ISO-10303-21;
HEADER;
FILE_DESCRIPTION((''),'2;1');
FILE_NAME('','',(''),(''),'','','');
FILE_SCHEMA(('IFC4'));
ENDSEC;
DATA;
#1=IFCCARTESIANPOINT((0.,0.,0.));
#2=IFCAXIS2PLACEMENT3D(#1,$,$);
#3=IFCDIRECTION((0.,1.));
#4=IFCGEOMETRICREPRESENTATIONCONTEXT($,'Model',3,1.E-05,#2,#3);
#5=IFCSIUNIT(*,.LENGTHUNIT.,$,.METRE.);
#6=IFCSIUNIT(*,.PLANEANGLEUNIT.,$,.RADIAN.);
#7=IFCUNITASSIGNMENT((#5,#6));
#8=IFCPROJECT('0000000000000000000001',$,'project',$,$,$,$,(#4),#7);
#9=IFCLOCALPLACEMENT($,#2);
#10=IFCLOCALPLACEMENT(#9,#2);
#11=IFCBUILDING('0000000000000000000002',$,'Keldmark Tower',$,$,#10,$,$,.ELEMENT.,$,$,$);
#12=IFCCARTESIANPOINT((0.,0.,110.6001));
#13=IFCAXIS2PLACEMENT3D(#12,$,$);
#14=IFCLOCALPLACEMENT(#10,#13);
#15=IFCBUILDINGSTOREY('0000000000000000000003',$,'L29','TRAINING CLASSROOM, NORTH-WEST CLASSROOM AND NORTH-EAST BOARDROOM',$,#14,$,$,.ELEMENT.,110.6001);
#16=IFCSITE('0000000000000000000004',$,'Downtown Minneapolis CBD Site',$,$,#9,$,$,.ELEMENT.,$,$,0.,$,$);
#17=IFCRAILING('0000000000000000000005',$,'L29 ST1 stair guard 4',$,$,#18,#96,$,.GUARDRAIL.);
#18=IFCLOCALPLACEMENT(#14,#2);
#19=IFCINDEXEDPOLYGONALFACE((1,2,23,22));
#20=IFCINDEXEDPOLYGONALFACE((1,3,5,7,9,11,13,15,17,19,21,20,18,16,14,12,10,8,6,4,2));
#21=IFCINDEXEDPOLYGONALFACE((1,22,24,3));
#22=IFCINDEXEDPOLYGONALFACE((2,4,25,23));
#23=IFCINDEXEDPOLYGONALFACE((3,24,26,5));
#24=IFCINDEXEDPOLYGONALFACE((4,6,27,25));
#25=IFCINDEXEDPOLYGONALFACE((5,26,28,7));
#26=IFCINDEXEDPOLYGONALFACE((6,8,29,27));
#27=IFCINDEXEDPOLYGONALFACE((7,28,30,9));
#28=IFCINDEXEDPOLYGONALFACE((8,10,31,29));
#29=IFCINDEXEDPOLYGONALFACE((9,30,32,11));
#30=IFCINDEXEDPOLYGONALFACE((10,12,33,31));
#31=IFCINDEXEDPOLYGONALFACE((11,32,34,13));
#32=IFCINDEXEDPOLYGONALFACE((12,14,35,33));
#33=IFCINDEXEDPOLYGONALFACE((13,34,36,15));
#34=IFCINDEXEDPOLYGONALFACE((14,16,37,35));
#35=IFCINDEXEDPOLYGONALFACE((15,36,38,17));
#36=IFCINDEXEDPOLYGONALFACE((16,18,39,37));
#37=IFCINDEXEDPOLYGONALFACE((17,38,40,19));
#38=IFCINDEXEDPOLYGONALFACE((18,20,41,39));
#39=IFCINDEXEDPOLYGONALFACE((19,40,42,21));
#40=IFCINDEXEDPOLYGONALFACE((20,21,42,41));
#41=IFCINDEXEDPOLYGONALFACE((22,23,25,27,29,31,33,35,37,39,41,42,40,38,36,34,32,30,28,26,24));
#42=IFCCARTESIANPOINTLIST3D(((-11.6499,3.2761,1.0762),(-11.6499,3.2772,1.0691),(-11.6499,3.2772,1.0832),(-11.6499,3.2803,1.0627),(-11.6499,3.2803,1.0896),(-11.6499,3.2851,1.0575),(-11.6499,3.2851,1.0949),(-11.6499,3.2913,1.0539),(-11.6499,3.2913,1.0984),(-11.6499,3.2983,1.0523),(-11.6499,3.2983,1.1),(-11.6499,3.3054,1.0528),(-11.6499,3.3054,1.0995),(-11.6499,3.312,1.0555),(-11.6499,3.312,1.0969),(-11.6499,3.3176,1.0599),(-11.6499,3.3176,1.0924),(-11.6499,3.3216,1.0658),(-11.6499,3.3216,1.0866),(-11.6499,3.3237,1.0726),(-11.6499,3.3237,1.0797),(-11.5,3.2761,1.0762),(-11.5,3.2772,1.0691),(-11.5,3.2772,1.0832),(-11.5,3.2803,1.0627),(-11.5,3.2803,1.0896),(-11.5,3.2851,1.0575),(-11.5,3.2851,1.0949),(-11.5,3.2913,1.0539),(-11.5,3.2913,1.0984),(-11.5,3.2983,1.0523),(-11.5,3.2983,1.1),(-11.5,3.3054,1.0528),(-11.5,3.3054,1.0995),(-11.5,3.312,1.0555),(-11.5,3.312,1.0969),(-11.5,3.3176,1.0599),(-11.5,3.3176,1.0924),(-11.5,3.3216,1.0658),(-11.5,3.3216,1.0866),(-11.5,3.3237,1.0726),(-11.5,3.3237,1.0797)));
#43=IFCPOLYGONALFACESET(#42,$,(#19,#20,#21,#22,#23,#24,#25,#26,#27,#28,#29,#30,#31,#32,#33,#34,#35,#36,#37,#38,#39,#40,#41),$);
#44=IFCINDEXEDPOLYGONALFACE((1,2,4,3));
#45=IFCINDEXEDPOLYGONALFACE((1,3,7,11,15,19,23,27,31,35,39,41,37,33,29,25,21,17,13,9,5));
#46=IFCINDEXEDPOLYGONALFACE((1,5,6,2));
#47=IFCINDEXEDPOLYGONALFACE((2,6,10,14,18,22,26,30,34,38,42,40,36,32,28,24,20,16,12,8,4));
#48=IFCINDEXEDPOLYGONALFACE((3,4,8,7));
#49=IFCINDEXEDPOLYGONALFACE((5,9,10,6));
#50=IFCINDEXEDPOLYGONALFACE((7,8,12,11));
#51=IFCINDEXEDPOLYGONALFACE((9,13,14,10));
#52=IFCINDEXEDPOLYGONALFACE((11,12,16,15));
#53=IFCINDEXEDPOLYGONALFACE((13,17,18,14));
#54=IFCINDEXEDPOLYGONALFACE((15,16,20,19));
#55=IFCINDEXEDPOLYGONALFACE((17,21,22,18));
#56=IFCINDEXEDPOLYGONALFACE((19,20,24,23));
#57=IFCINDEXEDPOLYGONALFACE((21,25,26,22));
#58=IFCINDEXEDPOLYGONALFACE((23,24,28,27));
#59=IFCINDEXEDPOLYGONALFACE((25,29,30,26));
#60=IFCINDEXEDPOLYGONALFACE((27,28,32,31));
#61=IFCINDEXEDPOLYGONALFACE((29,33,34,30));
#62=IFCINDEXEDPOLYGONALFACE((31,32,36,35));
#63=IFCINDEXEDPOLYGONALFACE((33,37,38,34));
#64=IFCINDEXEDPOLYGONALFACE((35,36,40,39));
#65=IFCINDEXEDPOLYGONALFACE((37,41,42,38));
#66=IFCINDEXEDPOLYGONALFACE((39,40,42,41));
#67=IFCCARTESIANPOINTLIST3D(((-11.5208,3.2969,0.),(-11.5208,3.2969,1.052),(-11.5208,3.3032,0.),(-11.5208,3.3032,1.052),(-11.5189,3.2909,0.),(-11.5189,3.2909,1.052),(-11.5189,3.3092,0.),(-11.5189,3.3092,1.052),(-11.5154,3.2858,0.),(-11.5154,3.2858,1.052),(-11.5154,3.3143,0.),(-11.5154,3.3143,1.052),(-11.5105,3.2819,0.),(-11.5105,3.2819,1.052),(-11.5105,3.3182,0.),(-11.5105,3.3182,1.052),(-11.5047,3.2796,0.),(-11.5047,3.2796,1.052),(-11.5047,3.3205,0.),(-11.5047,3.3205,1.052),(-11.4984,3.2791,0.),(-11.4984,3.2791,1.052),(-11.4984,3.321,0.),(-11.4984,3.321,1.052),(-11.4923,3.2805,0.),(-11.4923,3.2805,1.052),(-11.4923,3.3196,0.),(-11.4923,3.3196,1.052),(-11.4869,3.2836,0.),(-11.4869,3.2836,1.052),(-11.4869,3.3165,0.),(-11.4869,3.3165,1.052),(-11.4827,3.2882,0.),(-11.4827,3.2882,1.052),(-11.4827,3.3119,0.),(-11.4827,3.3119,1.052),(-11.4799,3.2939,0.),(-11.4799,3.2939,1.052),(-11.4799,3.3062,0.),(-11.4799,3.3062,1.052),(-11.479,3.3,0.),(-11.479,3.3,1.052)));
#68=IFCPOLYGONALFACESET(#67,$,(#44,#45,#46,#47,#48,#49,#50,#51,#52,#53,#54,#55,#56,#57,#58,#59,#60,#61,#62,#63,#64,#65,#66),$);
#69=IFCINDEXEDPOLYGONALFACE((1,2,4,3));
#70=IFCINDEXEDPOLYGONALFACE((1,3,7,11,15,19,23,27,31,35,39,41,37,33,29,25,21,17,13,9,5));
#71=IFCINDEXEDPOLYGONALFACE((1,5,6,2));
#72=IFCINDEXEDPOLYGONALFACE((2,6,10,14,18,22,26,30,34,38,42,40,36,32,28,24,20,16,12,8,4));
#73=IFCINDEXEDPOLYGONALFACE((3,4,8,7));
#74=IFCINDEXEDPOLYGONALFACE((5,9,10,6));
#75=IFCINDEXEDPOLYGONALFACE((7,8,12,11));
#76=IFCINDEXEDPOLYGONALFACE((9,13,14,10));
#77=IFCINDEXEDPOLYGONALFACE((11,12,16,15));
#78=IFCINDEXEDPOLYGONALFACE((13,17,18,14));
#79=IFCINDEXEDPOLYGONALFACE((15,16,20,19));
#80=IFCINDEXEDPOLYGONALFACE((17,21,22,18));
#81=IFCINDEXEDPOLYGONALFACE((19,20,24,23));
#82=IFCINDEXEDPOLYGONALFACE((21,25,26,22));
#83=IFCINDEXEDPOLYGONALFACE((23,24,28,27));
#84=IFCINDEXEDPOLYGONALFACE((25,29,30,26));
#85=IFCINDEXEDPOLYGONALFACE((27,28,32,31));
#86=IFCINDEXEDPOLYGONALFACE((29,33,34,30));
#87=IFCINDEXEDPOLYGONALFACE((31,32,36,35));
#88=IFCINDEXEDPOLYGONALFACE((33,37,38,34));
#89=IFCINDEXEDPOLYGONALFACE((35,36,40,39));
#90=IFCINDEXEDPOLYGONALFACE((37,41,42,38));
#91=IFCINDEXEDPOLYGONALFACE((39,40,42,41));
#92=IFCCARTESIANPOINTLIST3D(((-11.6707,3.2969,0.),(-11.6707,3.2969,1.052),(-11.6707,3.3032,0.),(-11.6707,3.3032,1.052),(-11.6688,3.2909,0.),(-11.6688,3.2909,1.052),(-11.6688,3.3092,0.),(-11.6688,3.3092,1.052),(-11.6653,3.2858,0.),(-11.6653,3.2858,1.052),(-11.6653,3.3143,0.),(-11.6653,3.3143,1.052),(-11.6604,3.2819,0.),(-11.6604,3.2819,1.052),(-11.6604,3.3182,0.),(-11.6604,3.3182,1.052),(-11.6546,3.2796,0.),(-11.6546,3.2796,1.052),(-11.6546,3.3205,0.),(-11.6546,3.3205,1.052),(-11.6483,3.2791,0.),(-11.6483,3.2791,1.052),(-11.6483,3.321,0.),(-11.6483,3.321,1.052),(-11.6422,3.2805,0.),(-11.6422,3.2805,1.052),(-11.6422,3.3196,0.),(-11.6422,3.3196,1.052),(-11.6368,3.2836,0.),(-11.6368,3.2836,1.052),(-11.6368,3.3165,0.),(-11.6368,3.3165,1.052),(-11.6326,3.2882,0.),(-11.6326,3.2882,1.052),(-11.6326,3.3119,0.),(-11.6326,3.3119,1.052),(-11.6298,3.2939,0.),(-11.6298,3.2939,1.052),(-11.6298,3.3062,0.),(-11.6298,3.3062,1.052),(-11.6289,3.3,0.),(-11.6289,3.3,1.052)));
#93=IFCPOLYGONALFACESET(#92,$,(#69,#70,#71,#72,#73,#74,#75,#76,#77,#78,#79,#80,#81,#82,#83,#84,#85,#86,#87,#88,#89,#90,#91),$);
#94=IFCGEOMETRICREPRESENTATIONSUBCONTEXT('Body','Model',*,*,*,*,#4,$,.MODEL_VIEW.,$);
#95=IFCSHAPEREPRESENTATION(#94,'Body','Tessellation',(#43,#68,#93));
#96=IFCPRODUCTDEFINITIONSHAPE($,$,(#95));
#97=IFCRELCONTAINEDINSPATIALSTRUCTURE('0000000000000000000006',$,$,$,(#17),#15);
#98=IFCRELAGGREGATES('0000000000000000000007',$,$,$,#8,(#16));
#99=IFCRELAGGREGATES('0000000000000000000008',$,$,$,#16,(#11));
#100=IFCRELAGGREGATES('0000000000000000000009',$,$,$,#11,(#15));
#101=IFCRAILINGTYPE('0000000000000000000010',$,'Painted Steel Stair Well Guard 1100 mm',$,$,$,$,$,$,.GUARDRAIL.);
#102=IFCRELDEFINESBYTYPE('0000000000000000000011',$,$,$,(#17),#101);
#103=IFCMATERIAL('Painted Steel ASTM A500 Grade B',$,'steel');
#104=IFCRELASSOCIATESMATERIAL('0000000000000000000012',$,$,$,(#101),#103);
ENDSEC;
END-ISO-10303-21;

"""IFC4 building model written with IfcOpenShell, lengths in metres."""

from ifc_helpers import new_model, si_unit, direction, frame, origin, origin_2d, place, context, subcontext, project, spatial, circle, extrude, material, type_object, element, save


model = new_model("IFC4")

# Units and contexts
model_context = context("Model", 3, precision=1e-05, world=origin(), true_north=direction((0.0, 1.0)))
body_context = subcontext(model_context, "Body", "Model", "MODEL_VIEW")
ifc_project = project(units=[si_unit("LENGTHUNIT", "METRE"), si_unit("PLANEANGLEUNIT", "RADIAN")], contexts=[model_context])

# Site, building, storey
site_placement = place(None, origin())
site = spatial("IfcSite", under=ifc_project, at=site_placement, Name="Downtown Minneapolis CBD Site", CompositionType="ELEMENT", RefElevation=0.0)
building_placement = place(site_placement, origin())
building = spatial("IfcBuilding", under=site, at=building_placement, Name="Keldmark Tower", CompositionType="ELEMENT")
storey_placement = place(building_placement, frame((0.0, 0.0, 110.6001)))
storey = spatial("IfcBuildingStorey", under=building, at=storey_placement, Name="L29", Description="TRAINING CLASSROOM, NORTH-WEST CLASSROOM AND NORTH-EAST BOARDROOM", CompositionType="ELEMENT", Elevation=110.6001)

# Railing
ifc_material_1 = material(Name="Painted Steel ASTM A500 Grade B", Category="steel")
railing_type_1 = type_object("IfcRailingType", Name="Painted Steel Stair Well Guard 1100 mm", PredefinedType="GUARDRAIL", material=ifc_material_1)
railing_1_placement = place(storey_placement, frame((-11.5, 3.3, 0.0)))
element("IfcRailing", 1, at=railing_1_placement, inside=storey, type_object=railing_type_1, Name="L29 ST1 stair guard 4", PredefinedType="GUARDRAIL", context=body_context, shape_type="SweptSolid", body=[
    extrude(circle(Radius=0.0239, at=origin_2d()), frame((0.0, 0.0, 1.0762), z_axis=(-1.0, 0.0, 0.0), x_axis=(0.0, -1.0, 0.0)), (0.0, 0.0, 1.0), 0.1499),
    extrude(circle(Radius=0.021, at=origin_2d()), origin(), (0.0, 0.0, 1.0), 1.052),
    extrude(circle(Radius=0.021, at=origin_2d()), frame((-0.1499, 0.0, 0.0)), (0.0, 0.0, 1.0), 1.052),
])

save(model, "model.ifc")
